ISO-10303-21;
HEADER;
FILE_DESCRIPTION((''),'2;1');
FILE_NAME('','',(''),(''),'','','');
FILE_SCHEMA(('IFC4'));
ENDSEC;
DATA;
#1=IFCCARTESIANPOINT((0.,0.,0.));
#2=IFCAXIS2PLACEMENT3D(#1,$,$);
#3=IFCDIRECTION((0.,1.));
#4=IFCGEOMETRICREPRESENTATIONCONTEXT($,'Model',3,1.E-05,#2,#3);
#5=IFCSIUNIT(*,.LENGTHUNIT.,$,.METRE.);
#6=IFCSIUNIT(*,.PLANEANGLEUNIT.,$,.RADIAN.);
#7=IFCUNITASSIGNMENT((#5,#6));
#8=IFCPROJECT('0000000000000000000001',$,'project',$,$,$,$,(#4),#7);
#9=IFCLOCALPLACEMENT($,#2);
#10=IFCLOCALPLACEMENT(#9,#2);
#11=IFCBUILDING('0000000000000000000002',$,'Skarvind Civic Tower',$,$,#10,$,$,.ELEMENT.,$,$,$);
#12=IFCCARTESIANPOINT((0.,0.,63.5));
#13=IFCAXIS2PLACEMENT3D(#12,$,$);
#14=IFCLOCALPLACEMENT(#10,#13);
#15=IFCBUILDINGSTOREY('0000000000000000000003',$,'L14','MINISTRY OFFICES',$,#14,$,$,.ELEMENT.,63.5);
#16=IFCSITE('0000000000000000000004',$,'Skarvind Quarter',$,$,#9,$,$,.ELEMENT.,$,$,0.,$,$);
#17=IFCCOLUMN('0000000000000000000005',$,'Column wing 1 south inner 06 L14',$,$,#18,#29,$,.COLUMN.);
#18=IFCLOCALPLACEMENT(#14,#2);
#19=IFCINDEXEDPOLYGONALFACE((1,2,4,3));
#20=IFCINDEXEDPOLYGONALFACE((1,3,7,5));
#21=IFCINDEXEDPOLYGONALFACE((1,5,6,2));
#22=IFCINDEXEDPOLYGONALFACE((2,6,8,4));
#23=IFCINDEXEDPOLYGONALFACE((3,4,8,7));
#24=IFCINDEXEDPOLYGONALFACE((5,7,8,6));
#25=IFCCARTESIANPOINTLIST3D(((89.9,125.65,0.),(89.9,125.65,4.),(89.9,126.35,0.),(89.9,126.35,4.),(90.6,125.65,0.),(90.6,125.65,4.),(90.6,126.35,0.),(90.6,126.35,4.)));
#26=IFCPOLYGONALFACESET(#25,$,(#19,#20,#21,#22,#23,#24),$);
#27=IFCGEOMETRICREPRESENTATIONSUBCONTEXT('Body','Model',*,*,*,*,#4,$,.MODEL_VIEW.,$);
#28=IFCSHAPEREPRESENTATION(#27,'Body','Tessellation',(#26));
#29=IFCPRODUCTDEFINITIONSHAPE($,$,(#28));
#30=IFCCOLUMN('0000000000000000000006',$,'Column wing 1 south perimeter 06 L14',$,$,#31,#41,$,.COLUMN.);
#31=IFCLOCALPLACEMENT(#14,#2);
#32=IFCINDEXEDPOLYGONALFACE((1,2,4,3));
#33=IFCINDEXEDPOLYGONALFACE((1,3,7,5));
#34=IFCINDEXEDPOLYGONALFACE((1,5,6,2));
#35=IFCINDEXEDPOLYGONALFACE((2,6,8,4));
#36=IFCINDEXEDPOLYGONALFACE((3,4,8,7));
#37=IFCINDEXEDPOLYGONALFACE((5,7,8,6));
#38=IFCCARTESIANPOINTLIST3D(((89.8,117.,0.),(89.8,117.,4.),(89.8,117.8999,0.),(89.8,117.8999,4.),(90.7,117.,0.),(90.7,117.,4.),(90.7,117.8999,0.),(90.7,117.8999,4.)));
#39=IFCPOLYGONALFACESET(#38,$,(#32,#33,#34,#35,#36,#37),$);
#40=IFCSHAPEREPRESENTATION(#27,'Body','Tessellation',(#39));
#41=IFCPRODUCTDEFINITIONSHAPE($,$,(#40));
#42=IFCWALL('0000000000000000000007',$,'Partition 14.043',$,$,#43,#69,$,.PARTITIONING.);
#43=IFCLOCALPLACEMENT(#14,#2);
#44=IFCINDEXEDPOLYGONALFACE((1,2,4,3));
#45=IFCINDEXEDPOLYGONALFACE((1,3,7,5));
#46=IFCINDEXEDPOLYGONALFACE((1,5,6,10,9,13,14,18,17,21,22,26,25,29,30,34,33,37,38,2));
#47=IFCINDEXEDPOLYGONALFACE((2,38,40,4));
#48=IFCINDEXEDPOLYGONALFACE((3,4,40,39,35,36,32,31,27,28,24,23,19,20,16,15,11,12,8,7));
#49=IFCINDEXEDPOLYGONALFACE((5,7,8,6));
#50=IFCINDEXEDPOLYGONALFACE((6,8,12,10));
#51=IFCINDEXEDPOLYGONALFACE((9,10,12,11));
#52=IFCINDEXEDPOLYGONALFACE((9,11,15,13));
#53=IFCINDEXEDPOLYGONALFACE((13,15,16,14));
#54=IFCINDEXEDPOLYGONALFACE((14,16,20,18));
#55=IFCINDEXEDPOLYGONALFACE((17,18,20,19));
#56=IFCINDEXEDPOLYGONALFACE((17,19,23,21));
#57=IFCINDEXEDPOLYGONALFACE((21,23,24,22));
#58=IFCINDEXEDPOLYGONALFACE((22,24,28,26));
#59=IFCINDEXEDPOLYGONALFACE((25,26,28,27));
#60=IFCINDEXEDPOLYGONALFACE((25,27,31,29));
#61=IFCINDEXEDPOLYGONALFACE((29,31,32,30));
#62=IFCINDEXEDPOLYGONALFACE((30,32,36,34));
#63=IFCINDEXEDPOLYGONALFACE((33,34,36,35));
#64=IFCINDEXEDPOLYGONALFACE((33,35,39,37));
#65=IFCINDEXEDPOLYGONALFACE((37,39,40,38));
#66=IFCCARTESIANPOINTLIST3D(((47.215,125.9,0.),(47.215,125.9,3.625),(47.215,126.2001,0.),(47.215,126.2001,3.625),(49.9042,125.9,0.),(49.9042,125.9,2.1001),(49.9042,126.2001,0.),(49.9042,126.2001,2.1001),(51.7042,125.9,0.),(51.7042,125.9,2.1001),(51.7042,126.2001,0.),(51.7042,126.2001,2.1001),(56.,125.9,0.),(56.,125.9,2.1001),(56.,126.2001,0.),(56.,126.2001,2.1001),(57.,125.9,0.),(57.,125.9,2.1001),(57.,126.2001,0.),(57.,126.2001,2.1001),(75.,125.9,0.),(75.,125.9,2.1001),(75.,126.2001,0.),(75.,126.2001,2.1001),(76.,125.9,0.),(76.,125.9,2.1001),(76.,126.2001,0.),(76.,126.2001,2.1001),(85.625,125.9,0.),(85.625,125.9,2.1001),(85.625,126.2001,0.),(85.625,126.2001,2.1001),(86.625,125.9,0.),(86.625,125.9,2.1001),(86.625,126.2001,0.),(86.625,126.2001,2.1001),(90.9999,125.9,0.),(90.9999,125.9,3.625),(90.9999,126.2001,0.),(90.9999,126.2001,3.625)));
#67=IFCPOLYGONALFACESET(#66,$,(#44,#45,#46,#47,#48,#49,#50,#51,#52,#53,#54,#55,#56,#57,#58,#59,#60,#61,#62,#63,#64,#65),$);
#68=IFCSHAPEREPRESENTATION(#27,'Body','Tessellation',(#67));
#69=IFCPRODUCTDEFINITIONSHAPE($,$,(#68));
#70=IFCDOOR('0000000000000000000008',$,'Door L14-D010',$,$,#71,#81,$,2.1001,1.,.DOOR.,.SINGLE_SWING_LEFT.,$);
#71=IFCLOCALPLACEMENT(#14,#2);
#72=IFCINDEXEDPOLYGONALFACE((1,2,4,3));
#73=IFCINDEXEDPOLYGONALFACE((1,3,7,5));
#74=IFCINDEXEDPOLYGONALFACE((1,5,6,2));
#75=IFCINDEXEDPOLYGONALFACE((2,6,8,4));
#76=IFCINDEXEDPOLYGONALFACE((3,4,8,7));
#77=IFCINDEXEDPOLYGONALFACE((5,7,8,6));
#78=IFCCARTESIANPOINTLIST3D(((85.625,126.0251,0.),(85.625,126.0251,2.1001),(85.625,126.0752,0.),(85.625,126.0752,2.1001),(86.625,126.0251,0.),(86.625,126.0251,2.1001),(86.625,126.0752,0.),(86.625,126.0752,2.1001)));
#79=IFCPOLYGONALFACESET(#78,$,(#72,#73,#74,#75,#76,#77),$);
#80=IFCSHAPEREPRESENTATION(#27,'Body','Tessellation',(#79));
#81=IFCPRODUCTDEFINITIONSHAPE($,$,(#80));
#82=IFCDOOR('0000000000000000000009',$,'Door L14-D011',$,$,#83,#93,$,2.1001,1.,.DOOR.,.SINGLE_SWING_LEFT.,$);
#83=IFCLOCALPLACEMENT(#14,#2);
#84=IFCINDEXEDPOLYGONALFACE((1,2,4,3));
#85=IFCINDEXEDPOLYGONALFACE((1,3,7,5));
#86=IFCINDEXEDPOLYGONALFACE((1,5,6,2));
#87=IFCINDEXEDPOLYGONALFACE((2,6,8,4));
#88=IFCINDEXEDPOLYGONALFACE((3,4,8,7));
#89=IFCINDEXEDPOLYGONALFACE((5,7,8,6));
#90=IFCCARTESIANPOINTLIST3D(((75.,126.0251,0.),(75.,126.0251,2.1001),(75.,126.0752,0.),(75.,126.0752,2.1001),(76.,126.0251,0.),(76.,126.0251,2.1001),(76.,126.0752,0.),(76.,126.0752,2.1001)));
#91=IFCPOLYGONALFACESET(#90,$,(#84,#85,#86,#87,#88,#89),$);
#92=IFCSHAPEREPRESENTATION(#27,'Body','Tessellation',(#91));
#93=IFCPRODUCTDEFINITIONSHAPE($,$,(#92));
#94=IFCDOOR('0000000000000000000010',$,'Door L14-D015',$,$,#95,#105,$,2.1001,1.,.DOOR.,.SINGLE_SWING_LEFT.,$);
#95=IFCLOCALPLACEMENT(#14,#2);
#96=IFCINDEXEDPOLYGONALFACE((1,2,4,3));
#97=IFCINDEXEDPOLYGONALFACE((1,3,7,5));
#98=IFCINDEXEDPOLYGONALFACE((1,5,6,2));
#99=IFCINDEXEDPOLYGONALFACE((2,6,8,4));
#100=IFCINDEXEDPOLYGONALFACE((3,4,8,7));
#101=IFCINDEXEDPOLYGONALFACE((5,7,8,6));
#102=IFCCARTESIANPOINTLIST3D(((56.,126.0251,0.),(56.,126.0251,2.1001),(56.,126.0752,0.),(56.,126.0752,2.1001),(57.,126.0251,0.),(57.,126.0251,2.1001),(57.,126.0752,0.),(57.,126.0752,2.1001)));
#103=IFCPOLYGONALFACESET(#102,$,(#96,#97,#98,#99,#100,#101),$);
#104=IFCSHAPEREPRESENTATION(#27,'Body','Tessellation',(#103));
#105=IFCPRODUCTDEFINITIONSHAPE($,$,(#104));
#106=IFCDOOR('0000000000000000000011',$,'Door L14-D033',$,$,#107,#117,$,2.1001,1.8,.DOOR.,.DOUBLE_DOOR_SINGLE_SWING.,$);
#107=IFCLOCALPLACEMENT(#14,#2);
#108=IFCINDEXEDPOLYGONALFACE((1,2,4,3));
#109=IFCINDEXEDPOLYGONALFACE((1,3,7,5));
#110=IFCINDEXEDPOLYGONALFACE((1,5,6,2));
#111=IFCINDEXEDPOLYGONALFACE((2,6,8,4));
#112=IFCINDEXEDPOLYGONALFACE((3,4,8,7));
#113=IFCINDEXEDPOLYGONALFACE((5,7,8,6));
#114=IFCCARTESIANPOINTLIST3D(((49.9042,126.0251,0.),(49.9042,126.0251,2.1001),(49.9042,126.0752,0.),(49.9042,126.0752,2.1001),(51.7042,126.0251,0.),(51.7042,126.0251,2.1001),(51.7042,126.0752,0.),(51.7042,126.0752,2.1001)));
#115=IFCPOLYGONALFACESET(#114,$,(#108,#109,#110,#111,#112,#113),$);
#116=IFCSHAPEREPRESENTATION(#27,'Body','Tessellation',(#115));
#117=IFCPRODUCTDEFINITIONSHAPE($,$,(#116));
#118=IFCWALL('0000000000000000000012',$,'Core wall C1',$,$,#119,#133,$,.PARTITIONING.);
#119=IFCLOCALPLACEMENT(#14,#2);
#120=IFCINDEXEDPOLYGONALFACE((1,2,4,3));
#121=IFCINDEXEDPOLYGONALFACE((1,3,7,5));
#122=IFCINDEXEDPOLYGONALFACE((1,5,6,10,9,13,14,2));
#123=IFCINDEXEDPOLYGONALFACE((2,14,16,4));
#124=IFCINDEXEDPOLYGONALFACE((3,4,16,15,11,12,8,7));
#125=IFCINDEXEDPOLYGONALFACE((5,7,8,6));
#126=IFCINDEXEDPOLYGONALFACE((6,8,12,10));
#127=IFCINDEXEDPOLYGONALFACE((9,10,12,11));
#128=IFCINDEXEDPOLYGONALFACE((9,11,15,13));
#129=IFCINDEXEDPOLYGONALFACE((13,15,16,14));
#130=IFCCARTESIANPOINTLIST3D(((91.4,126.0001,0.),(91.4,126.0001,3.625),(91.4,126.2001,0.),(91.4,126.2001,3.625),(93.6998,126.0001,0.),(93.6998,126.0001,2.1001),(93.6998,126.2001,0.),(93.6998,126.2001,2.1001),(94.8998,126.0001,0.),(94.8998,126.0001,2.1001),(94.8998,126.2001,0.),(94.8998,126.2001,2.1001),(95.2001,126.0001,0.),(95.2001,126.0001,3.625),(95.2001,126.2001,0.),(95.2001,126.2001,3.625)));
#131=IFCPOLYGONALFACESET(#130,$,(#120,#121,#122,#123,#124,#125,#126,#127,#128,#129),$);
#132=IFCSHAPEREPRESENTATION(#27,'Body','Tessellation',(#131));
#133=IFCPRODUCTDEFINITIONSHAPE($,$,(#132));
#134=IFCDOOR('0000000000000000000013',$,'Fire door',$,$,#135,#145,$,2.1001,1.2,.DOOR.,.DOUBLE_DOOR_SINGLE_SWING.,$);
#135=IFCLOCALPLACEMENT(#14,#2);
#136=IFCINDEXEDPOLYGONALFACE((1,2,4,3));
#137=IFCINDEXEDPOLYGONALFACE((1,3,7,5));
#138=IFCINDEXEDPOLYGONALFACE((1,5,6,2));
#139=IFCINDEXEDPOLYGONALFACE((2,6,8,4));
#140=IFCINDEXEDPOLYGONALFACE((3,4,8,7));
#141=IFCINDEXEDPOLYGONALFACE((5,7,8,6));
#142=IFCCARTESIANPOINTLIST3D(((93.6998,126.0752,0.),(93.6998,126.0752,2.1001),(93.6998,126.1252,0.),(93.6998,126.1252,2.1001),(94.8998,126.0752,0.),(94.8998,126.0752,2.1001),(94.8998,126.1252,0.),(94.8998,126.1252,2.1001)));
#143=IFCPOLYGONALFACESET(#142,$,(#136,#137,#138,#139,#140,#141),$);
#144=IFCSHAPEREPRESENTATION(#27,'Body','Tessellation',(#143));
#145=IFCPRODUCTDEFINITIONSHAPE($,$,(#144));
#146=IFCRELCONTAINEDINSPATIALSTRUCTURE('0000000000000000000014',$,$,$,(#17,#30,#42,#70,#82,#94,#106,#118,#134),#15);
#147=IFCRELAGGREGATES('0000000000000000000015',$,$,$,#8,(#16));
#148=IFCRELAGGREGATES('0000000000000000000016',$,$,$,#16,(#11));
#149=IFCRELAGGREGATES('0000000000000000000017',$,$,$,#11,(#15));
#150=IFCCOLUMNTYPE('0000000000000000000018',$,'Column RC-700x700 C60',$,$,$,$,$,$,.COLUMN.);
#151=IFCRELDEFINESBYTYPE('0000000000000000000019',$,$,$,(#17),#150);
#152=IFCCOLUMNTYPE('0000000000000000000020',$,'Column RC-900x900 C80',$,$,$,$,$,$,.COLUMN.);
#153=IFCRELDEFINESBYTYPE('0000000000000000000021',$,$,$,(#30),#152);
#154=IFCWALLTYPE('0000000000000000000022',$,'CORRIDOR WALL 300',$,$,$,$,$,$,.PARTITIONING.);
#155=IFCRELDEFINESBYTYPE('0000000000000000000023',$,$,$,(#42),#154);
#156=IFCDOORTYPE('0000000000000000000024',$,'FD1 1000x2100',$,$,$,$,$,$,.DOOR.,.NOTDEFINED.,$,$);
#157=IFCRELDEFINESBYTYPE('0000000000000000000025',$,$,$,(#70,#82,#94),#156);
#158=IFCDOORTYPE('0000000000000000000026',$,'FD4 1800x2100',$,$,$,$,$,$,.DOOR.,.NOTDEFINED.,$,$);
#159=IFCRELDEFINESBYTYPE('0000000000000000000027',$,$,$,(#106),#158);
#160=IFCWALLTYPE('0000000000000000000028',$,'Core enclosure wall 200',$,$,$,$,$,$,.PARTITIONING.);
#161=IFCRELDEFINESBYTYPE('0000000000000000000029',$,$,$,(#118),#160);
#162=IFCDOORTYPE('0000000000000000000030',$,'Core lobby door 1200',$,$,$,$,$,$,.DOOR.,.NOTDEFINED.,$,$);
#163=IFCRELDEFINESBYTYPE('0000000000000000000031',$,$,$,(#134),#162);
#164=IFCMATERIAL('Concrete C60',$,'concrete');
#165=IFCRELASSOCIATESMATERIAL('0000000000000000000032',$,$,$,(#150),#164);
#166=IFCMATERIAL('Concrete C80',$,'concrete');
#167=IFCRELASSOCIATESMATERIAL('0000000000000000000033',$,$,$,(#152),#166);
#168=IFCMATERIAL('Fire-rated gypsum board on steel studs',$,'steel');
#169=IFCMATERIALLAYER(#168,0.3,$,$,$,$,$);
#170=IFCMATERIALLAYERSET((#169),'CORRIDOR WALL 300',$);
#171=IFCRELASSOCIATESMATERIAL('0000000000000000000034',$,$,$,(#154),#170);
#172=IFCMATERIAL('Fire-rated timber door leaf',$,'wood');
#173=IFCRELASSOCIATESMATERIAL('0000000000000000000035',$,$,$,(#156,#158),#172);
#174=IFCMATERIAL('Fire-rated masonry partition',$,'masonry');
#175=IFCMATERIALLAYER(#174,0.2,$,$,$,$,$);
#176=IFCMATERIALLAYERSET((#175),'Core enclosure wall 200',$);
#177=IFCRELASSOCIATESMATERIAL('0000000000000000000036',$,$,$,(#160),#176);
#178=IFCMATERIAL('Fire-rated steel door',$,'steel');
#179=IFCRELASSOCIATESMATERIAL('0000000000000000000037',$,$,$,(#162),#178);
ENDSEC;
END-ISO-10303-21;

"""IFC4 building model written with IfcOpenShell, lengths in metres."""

from ifc_helpers import new_model, si_unit, direction, frame, frame_2d, origin, origin_2d, place, context, subcontext, project, spatial, rectangle, extrude, material, layer, layer_set, material_profile, profile_set, type_object, element, fill, save


model = new_model("IFC4")

# Units and contexts
model_context = context("Model", 3, precision=1e-05, world=origin(), true_north=direction((0.0, 1.0)))
body_context = subcontext(model_context, "Body", "Model", "MODEL_VIEW")
ifc_project = project(units=[si_unit("LENGTHUNIT", "METRE"), si_unit("PLANEANGLEUNIT", "RADIAN")], contexts=[model_context])

# Site, building, storey
site_placement = place(None, origin())
site = spatial("IfcSite", under=ifc_project, at=site_placement, Name="Skarvind Quarter", CompositionType="ELEMENT", RefElevation=0.0)
building_placement = place(site_placement, origin())
building = spatial("IfcBuilding", under=site, at=building_placement, Name="Skarvind Civic Tower", CompositionType="ELEMENT")
storey_placement = place(building_placement, frame((0.0, 0.0, 63.5)))
storey = spatial("IfcBuildingStorey", under=building, at=storey_placement, Name="L14", Description="MINISTRY OFFICES", CompositionType="ELEMENT", Elevation=63.5)

# Columns
ifc_material_1 = material(Name="Concrete C60", Category="concrete")
ifc_material_profile_1 = material_profile(ifc_material_1, rectangle(XDim=0.7, YDim=0.7, at=origin_2d()), Name="RC-700x700")
ifc_profile_set_1 = profile_set([ifc_material_profile_1], Name="Concrete C60")
column_type_1 = type_object("IfcColumnType", Name="Column RC-700x700 C60", PredefinedType="COLUMN", material=ifc_profile_set_1)
column_1_placement = place(storey_placement, frame((90.25, 126.0, 0.0), z_axis=(0.0, 0.0, 1.0), x_axis=(1.0, 0.0, 0.0)))
element("IfcColumn", 1, at=column_1_placement, inside=storey, type_object=column_type_1, Name="Column wing 1 south inner 06 L14", PredefinedType="COLUMN", context=body_context, shape_type="SweptSolid", body=[
    extrude(rectangle(XDim=0.7, YDim=0.7, at=origin_2d()), origin(), (0.0, 0.0, 1.0), 4.0),
])
ifc_material_2 = material(Name="Concrete C80", Category="concrete")
ifc_material_profile_2 = material_profile(ifc_material_2, rectangle(XDim=0.8999, YDim=0.8999, at=origin_2d()), Name="RC-900x900")
ifc_profile_set_2 = profile_set([ifc_material_profile_2], Name="Concrete C80")
column_type_2 = type_object("IfcColumnType", Name="Column RC-900x900 C80", PredefinedType="COLUMN", material=ifc_profile_set_2)
column_2_placement = place(storey_placement, frame((90.25, 117.45, 0.0), z_axis=(0.0, 0.0, 1.0), x_axis=(1.0, 0.0, 0.0)))
element("IfcColumn", 2, at=column_2_placement, inside=storey, type_object=column_type_2, Name="Column wing 1 south perimeter 06 L14", PredefinedType="COLUMN", context=body_context, shape_type="SweptSolid", body=[
    extrude(rectangle(XDim=0.8999, YDim=0.8999, at=origin_2d()), origin(), (0.0, 0.0, 1.0), 4.0),
])

# Wall, openings, doors
ifc_material_3 = material(Name="Fire-rated gypsum board on steel studs", Category="steel")
ifc_layer_1 = layer(ifc_material_3, 0.3)
ifc_layer_set_1 = layer_set([ifc_layer_1], Name="CORRIDOR WALL 300")
wall_type_1 = type_object("IfcWallType", Name="CORRIDOR WALL 300", PredefinedType="PARTITIONING", material=ifc_layer_set_1)
wall_1_placement = place(storey_placement, frame((91.0, 126.05, 0.0), z_axis=(0.0, 0.0, 1.0), x_axis=(-1.0, 0.0, 0.0)))
wall_1 = element("IfcWall", 3, at=wall_1_placement, inside=storey, type_object=wall_type_1, Name="Partition 14.043", PredefinedType="PARTITIONING", context=body_context, shape_type="SweptSolid", body=[
    extrude(rectangle(XDim=43.7849, YDim=0.3, at=frame_2d((21.8926, 0.0))), origin(), (0.0, 0.0, 1.0), 3.625),
])
opening_1_placement = place(wall_1_placement, frame((4.375, 0.0, 0.0)))
opening_1 = element("IfcOpeningElement", 4, at=opening_1_placement, cuts=wall_1, PredefinedType="OPENING", context=body_context, shape_type="SweptSolid", body=[
    extrude(rectangle(XDim=1.0, YDim=2.1001, at=frame_2d((0.5, 1.05))), frame((0.0, 0.1599, 0.0), z_axis=(0.0, -1.0, 0.0), x_axis=(1.0, 0.0, 0.0)), (0.0, 0.0, 1.0), 0.3201),
])
opening_2_placement = place(wall_1_placement, frame((15.0, 0.0, 0.0)))
opening_2 = element("IfcOpeningElement", 5, at=opening_2_placement, cuts=wall_1, PredefinedType="OPENING", context=body_context, shape_type="SweptSolid", body=[
    extrude(rectangle(XDim=1.0, YDim=2.1001, at=frame_2d((0.5, 1.05))), frame((0.0, 0.1599, 0.0), z_axis=(0.0, -1.0, 0.0), x_axis=(1.0, 0.0, 0.0)), (0.0, 0.0, 1.0), 0.3201),
])
opening_3_placement = place(wall_1_placement, frame((34.0, 0.0, 0.0)))
opening_3 = element("IfcOpeningElement", 6, at=opening_3_placement, cuts=wall_1, PredefinedType="OPENING", context=body_context, shape_type="SweptSolid", body=[
    extrude(rectangle(XDim=1.0, YDim=2.1001, at=frame_2d((0.5, 1.05))), frame((0.0, 0.1599, 0.0), z_axis=(0.0, -1.0, 0.0), x_axis=(1.0, 0.0, 0.0)), (0.0, 0.0, 1.0), 0.3201),
])
opening_4_placement = place(wall_1_placement, frame((39.2959, 0.0, 0.0)))
opening_4 = element("IfcOpeningElement", 7, at=opening_4_placement, cuts=wall_1, PredefinedType="OPENING", context=body_context, shape_type="SweptSolid", body=[
    extrude(rectangle(XDim=1.8, YDim=2.1001, at=frame_2d((0.8999, 1.05))), frame((0.0, 0.1599, 0.0), z_axis=(0.0, -1.0, 0.0), x_axis=(1.0, 0.0, 0.0)), (0.0, 0.0, 1.0), 0.3201),
])
ifc_material_4 = material(Name="Fire-rated timber door leaf", Category="wood")
door_type_1 = type_object("IfcDoorType", Name="FD1 1000x2100", OperationType="NOTDEFINED", PredefinedType="DOOR", material=ifc_material_4)
door_1_placement = place(opening_1_placement, origin())
door_1 = element("IfcDoor", 8, at=door_1_placement, inside=storey, type_object=door_type_1, Name="Door L14-D010", OperationType="SINGLE_SWING_LEFT", OverallHeight=2.1001, OverallWidth=1.0, PredefinedType="DOOR", context=body_context, shape_type="SweptSolid", body=[
    extrude(rectangle(XDim=1.0, YDim=2.1001, at=frame_2d((0.5, 1.05))), frame((0.0, 0.0249, 0.0), z_axis=(0.0, -1.0, 0.0), x_axis=(1.0, 0.0, 0.0)), (0.0, 0.0, 1.0), 0.05),
])
fill(opening_1, door_1)
door_2_placement = place(opening_2_placement, origin())
door_2 = element("IfcDoor", 9, at=door_2_placement, inside=storey, type_object=door_type_1, Name="Door L14-D011", OperationType="SINGLE_SWING_LEFT", OverallHeight=2.1001, OverallWidth=1.0, PredefinedType="DOOR", context=body_context, shape_type="SweptSolid", body=[
    extrude(rectangle(XDim=1.0, YDim=2.1001, at=frame_2d((0.5, 1.05))), frame((0.0, 0.0249, 0.0), z_axis=(0.0, -1.0, 0.0), x_axis=(1.0, 0.0, 0.0)), (0.0, 0.0, 1.0), 0.05),
])
fill(opening_2, door_2)
door_3_placement = place(opening_3_placement, origin())
door_3 = element("IfcDoor", 10, at=door_3_placement, inside=storey, type_object=door_type_1, Name="Door L14-D015", OperationType="SINGLE_SWING_LEFT", OverallHeight=2.1001, OverallWidth=1.0, PredefinedType="DOOR", context=body_context, shape_type="SweptSolid", body=[
    extrude(rectangle(XDim=1.0, YDim=2.1001, at=frame_2d((0.5, 1.05))), frame((0.0, 0.0249, 0.0), z_axis=(0.0, -1.0, 0.0), x_axis=(1.0, 0.0, 0.0)), (0.0, 0.0, 1.0), 0.05),
])
fill(opening_3, door_3)
door_type_2 = type_object("IfcDoorType", Name="FD4 1800x2100", OperationType="NOTDEFINED", PredefinedType="DOOR", material=ifc_material_4)
door_4_placement = place(opening_4_placement, origin())
door_4 = element("IfcDoor", 11, at=door_4_placement, inside=storey, type_object=door_type_2, Name="Door L14-D033", OperationType="DOUBLE_DOOR_SINGLE_SWING", OverallHeight=2.1001, OverallWidth=1.8, PredefinedType="DOOR", context=body_context, shape_type="SweptSolid", body=[
    extrude(rectangle(XDim=1.8, YDim=2.1001, at=frame_2d((0.8999, 1.05))), frame((0.0, 0.0249, 0.0), z_axis=(0.0, -1.0, 0.0), x_axis=(1.0, 0.0, 0.0)), (0.0, 0.0, 1.0), 0.05),
])
fill(opening_4, door_4)

# Wall, opening, door
ifc_material_5 = material(Name="Fire-rated masonry partition", Category="masonry")
ifc_layer_2 = layer(ifc_material_5, 0.2)
ifc_layer_set_2 = layer_set([ifc_layer_2], Name="Core enclosure wall 200")
wall_type_2 = type_object("IfcWallType", Name="Core enclosure wall 200", PredefinedType="PARTITIONING", material=ifc_layer_set_2)
wall_2_placement = place(storey_placement, frame((95.2, 126.1001, 0.0), z_axis=(0.0, 0.0, 1.0), x_axis=(-1.0, 0.0, 0.0)))
wall_2 = element("IfcWall", 12, at=wall_2_placement, inside=storey, type_object=wall_type_2, Name="Core wall C1", PredefinedType="PARTITIONING", context=body_context, shape_type="SweptSolid", body=[
    extrude(rectangle(XDim=3.8, YDim=0.2, at=frame_2d((1.8999, 0.0))), origin(), (0.0, 0.0, 1.0), 3.625),
])
opening_5_placement = place(wall_2_placement, frame((0.3, 0.0, 0.0)))
opening_5 = element("IfcOpeningElement", 13, at=opening_5_placement, cuts=wall_2, PredefinedType="OPENING", context=body_context, shape_type="SweptSolid", body=[
    extrude(rectangle(XDim=1.2, YDim=2.1001, at=frame_2d((0.6001, 1.05))), frame((0.0, 0.1099, 0.0), z_axis=(0.0, -1.0, 0.0), x_axis=(1.0, 0.0, 0.0)), (0.0, 0.0, 1.0), 0.22),
])
ifc_material_6 = material(Name="Fire-rated steel door", Category="steel")
door_type_3 = type_object("IfcDoorType", Name="Core lobby door 1200", OperationType="NOTDEFINED", PredefinedType="DOOR", material=ifc_material_6)
door_5_placement = place(opening_5_placement, origin())
door_5 = element("IfcDoor", 14, at=door_5_placement, inside=storey, type_object=door_type_3, Name="Fire door", OperationType="DOUBLE_DOOR_SINGLE_SWING", OverallHeight=2.1001, OverallWidth=1.2, PredefinedType="DOOR", context=body_context, shape_type="SweptSolid", body=[
    extrude(rectangle(XDim=1.2, YDim=2.1001, at=frame_2d((0.6001, 1.05))), frame((0.0, 0.0249, 0.0), z_axis=(0.0, -1.0, 0.0), x_axis=(1.0, 0.0, 0.0)), (0.0, 0.0, 1.0), 0.05),
])
fill(opening_5, door_5)

save(model, "model.ifc")
